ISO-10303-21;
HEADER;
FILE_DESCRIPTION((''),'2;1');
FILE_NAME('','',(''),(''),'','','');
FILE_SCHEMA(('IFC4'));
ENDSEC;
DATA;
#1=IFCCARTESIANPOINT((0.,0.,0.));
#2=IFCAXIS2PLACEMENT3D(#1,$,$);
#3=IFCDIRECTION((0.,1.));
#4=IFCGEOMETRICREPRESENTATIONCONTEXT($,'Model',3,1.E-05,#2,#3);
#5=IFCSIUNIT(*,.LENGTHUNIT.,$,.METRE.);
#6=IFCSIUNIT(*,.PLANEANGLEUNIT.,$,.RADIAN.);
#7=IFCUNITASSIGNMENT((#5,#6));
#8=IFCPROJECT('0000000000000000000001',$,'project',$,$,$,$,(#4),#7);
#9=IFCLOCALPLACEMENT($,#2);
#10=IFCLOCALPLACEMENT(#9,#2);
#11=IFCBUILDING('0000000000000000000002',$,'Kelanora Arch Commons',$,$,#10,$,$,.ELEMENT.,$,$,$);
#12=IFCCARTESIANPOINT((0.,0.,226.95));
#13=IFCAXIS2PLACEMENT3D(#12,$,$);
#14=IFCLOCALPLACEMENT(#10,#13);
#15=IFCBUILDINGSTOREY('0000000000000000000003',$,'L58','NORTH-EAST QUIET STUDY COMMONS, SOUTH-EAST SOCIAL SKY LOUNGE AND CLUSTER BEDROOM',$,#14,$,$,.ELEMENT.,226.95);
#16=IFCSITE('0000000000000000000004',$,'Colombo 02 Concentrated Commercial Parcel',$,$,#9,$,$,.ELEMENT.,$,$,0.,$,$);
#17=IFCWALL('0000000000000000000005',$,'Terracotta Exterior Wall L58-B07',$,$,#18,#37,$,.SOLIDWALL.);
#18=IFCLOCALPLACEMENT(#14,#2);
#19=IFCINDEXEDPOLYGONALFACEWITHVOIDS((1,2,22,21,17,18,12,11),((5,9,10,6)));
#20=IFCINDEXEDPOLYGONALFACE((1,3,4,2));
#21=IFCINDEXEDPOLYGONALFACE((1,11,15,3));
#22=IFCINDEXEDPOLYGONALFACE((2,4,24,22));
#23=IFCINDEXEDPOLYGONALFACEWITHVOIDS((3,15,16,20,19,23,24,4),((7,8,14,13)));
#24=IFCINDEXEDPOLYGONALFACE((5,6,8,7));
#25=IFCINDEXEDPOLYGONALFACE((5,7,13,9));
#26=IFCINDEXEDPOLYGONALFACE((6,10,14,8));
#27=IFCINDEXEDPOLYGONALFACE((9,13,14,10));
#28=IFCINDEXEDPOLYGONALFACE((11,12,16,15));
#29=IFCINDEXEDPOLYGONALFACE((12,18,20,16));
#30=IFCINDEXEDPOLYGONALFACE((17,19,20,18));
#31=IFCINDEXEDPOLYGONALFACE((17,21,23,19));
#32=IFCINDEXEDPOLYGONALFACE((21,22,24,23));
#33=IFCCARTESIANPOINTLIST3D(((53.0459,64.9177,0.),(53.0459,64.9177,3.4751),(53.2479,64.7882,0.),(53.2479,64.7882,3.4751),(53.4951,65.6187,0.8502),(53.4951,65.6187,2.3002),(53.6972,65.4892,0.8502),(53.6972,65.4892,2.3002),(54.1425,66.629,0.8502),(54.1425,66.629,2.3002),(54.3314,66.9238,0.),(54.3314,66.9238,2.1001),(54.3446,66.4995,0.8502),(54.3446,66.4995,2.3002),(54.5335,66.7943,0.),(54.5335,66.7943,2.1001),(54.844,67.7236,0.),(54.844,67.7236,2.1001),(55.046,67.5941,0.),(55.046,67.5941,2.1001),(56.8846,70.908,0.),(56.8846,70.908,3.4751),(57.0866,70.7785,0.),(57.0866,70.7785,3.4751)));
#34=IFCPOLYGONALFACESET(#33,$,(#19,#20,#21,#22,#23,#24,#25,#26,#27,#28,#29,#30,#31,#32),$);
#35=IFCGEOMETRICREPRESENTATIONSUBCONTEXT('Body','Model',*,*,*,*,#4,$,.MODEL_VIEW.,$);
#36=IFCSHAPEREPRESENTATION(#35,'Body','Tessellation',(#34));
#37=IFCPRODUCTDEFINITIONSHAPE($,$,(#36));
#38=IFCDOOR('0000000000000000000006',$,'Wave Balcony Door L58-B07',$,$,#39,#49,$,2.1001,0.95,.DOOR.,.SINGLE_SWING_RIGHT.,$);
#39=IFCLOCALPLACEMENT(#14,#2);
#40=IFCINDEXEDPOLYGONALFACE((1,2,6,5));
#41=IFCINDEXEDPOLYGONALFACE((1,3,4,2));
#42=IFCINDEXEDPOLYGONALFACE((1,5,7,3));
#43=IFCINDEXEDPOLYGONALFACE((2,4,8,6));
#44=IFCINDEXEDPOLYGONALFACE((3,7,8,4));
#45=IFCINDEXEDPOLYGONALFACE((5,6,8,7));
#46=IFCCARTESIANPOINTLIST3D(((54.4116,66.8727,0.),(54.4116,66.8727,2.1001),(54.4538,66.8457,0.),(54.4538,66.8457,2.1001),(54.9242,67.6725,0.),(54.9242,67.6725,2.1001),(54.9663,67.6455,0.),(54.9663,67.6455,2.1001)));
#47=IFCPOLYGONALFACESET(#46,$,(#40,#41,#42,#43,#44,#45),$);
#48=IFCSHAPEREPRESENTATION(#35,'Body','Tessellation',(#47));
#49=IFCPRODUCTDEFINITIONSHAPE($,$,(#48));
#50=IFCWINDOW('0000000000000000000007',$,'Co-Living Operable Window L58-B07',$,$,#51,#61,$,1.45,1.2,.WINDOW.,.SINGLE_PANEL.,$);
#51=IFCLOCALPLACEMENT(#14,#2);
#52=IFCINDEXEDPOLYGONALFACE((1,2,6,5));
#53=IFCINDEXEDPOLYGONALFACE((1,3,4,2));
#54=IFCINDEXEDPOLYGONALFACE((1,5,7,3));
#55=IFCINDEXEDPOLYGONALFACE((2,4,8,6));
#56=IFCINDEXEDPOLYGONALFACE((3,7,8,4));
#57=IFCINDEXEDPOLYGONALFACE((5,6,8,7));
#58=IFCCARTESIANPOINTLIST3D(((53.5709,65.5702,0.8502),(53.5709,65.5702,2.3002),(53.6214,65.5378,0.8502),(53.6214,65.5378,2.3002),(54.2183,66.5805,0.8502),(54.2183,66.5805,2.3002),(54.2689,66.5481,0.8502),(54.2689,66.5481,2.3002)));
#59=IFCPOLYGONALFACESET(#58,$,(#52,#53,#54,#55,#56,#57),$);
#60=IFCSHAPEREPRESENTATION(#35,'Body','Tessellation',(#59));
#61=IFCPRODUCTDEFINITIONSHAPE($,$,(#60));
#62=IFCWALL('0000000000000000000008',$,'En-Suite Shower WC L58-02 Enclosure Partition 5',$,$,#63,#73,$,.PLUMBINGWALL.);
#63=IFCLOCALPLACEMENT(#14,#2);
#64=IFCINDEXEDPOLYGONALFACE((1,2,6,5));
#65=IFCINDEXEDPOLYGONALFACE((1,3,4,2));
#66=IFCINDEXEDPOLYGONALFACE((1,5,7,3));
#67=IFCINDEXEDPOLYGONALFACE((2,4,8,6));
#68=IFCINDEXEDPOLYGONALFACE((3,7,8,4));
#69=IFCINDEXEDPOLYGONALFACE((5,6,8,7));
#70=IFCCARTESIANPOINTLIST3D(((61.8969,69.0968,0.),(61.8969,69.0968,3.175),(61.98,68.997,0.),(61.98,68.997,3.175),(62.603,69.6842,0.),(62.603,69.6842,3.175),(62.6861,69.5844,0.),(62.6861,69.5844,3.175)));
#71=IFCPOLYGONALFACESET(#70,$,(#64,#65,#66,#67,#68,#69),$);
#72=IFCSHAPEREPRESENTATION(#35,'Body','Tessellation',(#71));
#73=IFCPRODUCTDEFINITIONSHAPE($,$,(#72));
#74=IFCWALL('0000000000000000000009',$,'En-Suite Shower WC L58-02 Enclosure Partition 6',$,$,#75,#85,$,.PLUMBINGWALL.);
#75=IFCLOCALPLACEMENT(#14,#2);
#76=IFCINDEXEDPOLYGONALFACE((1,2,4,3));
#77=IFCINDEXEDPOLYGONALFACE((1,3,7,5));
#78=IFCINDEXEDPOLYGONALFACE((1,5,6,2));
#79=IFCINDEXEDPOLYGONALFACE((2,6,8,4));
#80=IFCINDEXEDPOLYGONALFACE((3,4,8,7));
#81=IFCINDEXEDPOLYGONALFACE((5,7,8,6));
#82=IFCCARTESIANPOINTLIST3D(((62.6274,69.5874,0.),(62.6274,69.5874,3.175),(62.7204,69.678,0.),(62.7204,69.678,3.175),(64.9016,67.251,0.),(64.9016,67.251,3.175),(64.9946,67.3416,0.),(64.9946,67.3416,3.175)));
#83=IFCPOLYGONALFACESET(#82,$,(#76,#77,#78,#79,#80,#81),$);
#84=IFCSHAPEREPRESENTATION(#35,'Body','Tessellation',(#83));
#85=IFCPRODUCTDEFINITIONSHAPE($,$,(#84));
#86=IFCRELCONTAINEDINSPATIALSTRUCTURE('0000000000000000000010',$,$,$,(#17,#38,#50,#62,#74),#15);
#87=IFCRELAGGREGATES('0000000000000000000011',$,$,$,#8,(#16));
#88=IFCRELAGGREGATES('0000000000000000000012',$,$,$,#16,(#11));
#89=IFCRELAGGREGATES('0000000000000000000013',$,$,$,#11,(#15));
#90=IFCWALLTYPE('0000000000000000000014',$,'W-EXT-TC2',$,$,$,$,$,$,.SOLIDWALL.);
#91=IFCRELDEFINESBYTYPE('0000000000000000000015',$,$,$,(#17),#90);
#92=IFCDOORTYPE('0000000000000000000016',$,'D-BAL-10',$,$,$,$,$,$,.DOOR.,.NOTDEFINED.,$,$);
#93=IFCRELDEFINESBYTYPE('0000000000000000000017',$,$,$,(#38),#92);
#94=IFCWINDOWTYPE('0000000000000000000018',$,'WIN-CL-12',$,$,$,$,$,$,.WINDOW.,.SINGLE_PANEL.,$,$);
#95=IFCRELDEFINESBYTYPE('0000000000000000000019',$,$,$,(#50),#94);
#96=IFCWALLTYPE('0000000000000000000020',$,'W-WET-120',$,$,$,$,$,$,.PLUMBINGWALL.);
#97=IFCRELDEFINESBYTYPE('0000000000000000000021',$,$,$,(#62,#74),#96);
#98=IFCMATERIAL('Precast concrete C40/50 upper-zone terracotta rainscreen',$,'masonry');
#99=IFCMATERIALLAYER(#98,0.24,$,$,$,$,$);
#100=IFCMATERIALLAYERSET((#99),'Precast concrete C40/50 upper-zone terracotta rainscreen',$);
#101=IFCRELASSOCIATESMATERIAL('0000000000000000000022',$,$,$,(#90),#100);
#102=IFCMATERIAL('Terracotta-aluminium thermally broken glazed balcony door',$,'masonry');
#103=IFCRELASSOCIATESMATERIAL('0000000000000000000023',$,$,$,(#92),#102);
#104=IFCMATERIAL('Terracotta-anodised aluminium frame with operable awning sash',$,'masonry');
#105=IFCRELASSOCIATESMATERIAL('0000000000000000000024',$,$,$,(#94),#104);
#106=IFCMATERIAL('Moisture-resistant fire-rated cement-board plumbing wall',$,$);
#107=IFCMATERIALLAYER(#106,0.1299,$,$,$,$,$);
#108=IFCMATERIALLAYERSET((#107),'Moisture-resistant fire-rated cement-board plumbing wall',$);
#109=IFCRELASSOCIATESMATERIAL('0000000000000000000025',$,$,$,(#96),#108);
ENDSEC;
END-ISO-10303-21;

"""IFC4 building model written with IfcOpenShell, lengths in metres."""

from ifc_helpers import new_model, si_unit, direction, frame, frame_2d, origin, place, context, subcontext, project, spatial, rectangle, extrude, material, layer, layer_set, type_object, element, fill, save


model = new_model("IFC4")

# Units and contexts
model_context = context("Model", 3, precision=1e-05, world=origin(), true_north=direction((0.0, 1.0)))
body_context = subcontext(model_context, "Body", "Model", "MODEL_VIEW")
ifc_project = project(units=[si_unit("LENGTHUNIT", "METRE"), si_unit("PLANEANGLEUNIT", "RADIAN")], contexts=[model_context])

# Site, building, storey
site_placement = place(None, origin())
site = spatial("IfcSite", under=ifc_project, at=site_placement, Name="Colombo 02 Concentrated Commercial Parcel", CompositionType="ELEMENT", RefElevation=0.0)
building_placement = place(site_placement, origin())
building = spatial("IfcBuilding", under=site, at=building_placement, Name="Kelanora Arch Commons", CompositionType="ELEMENT")
storey_placement = place(building_placement, frame((0.0, 0.0, 226.95)))
storey = spatial("IfcBuildingStorey", under=building, at=storey_placement, Name="L58", Description="NORTH-EAST QUIET STUDY COMMONS, SOUTH-EAST SOCIAL SKY LOUNGE AND CLUSTER BEDROOM", CompositionType="ELEMENT", Elevation=226.95)

# Shared definitions
ifc_material_1 = material(Name="Precast concrete C40/50 upper-zone terracotta rainscreen", Category="masonry")
ifc_layer_1 = layer(ifc_material_1, 0.24)
ifc_layer_set_1 = layer_set([ifc_layer_1], Name="Precast concrete C40/50 upper-zone terracotta rainscreen")
wall_type_1 = type_object("IfcWallType", Name="W-EXT-TC2", PredefinedType="SOLIDWALL", material=ifc_layer_set_1)

# Wall, openings, door, window
wall_1_placement = place(storey_placement, frame((56.9856, 70.8433, 0.0), z_axis=(0.0, 0.0, 1.0), x_axis=(-0.53954, -0.84196, 0.0)))
wall_1 = element("IfcWall", 1, at=wall_1_placement, inside=storey, type_object=wall_type_1, Name="Terracotta Exterior Wall L58-B07", PredefinedType="SOLIDWALL", context=body_context, shape_type="SweptSolid", body=[
    extrude(rectangle(XDim=7.1147, YDim=0.24, at=frame_2d((3.5574, 0.0))), origin(), (0.0, 0.0, 1.0), 3.4751),
])
opening_1_placement = place(wall_1_placement, frame((3.782, 0.0, 0.0)))
opening_1 = element("IfcOpeningElement", 2, at=opening_1_placement, cuts=wall_1, PredefinedType="OPENING", context=body_context, shape_type="SweptSolid", body=[
    extrude(rectangle(XDim=0.95, YDim=2.1001, at=frame_2d((0.4751, 1.05))), frame((0.0, 0.1299, 0.0), z_axis=(0.0, -1.0, 0.0), x_axis=(1.0, 0.0, 0.0)), (0.0, 0.0, 1.0), 0.26),
])
opening_2_placement = place(wall_1_placement, frame((5.082, 0.0, 0.8501)))
opening_2 = element("IfcOpeningElement", 3, at=opening_2_placement, cuts=wall_1, PredefinedType="OPENING", context=body_context, shape_type="SweptSolid", body=[
    extrude(rectangle(XDim=1.2, YDim=1.45, at=frame_2d((0.6001, 0.7251))), frame((0.0, 0.1299, 0.0), z_axis=(0.0, -1.0, 0.0), x_axis=(1.0, 0.0, 0.0)), (0.0, 0.0, 1.0), 0.26),
])
ifc_material_2 = material(Name="Terracotta-aluminium thermally broken glazed balcony door", Category="masonry")
door_type = type_object("IfcDoorType", Name="D-BAL-10", OperationType="NOTDEFINED", PredefinedType="DOOR", material=ifc_material_2)
door_placement = place(opening_1_placement, frame((0.95, 0.0, 0.0), z_axis=(0.0, 0.0, 1.0), x_axis=(-1.0, 0.0, 0.0)))
door = element("IfcDoor", 4, at=door_placement, inside=storey, type_object=door_type, Name="Wave Balcony Door L58-B07", OperationType="SINGLE_SWING_RIGHT", OverallHeight=2.1001, OverallWidth=0.95, PredefinedType="DOOR", context=body_context, shape_type="SweptSolid", body=[
    extrude(rectangle(XDim=0.95, YDim=2.1001, at=frame_2d((0.4751, 1.05))), frame((0.0, 0.0249, 0.0), z_axis=(0.0, -1.0, 0.0), x_axis=(1.0, 0.0, 0.0)), (0.0, 0.0, 1.0), 0.05),
])
fill(opening_1, door)
ifc_material_3 = material(Name="Terracotta-anodised aluminium frame with operable awning sash", Category="masonry")
window_type_1 = type_object("IfcWindowType", Name="WIN-CL-12", PartitioningType="SINGLE_PANEL", PredefinedType="WINDOW", material=ifc_material_3)
window_1_placement = place(opening_2_placement, origin())
window_1 = element("IfcWindow", 5, at=window_1_placement, inside=storey, type_object=window_type_1, Name="Co-Living Operable Window L58-B07", OverallHeight=1.45, OverallWidth=1.2, PartitioningType="SINGLE_PANEL", PredefinedType="WINDOW", context=body_context, shape_type="SweptSolid", body=[
    extrude(rectangle(XDim=1.2, YDim=1.45, at=frame_2d((0.6001, 0.7251))), frame((0.0, 0.03, 0.0), z_axis=(0.0, -1.0, 0.0), x_axis=(1.0, 0.0, 0.0)), (0.0, 0.0, 1.0), 0.0601),
])
fill(opening_2, window_1)

# Walls
ifc_material_4 = material(Name="Moisture-resistant fire-rated cement-board plumbing wall")
ifc_layer_2 = layer(ifc_material_4, 0.1299)
ifc_layer_set_2 = layer_set([ifc_layer_2], Name="Moisture-resistant fire-rated cement-board plumbing wall")
wall_type_2 = type_object("IfcWallType", Name="W-WET-120", PredefinedType="PLUMBINGWALL", material=ifc_layer_set_2)
wall_2_placement = place(storey_placement, frame((61.9385, 69.0469, 0.0), z_axis=(0.0, 0.0, 1.0), x_axis=(0.768744, 0.639557, 0.0)))
element("IfcWall", 6, at=wall_2_placement, inside=storey, type_object=wall_type_2, Name="En-Suite Shower WC L58-02 Enclosure Partition 5", PredefinedType="PLUMBINGWALL", context=body_context, shape_type="SweptSolid", body=[
    extrude(rectangle(XDim=0.9185, YDim=0.1299, at=frame_2d((0.4592, 0.0))), origin(), (0.0, 0.0, 1.0), 3.175),
])
wall_3_placement = place(storey_placement, frame((62.6738, 69.6328, 0.0), z_axis=(0.0, 0.0, 1.0), x_axis=(0.697495, -0.716589, 0.0)))
element("IfcWall", 7, at=wall_3_placement, inside=storey, type_object=wall_type_2, Name="En-Suite Shower WC L58-02 Enclosure Partition 6", PredefinedType="PLUMBINGWALL", context=body_context, shape_type="SweptSolid", body=[
    extrude(rectangle(XDim=3.2605, YDim=0.1299, at=frame_2d((1.6304, 0.0))), origin(), (0.0, 0.0, 1.0), 3.175),
])

save(model, "model.ifc")
